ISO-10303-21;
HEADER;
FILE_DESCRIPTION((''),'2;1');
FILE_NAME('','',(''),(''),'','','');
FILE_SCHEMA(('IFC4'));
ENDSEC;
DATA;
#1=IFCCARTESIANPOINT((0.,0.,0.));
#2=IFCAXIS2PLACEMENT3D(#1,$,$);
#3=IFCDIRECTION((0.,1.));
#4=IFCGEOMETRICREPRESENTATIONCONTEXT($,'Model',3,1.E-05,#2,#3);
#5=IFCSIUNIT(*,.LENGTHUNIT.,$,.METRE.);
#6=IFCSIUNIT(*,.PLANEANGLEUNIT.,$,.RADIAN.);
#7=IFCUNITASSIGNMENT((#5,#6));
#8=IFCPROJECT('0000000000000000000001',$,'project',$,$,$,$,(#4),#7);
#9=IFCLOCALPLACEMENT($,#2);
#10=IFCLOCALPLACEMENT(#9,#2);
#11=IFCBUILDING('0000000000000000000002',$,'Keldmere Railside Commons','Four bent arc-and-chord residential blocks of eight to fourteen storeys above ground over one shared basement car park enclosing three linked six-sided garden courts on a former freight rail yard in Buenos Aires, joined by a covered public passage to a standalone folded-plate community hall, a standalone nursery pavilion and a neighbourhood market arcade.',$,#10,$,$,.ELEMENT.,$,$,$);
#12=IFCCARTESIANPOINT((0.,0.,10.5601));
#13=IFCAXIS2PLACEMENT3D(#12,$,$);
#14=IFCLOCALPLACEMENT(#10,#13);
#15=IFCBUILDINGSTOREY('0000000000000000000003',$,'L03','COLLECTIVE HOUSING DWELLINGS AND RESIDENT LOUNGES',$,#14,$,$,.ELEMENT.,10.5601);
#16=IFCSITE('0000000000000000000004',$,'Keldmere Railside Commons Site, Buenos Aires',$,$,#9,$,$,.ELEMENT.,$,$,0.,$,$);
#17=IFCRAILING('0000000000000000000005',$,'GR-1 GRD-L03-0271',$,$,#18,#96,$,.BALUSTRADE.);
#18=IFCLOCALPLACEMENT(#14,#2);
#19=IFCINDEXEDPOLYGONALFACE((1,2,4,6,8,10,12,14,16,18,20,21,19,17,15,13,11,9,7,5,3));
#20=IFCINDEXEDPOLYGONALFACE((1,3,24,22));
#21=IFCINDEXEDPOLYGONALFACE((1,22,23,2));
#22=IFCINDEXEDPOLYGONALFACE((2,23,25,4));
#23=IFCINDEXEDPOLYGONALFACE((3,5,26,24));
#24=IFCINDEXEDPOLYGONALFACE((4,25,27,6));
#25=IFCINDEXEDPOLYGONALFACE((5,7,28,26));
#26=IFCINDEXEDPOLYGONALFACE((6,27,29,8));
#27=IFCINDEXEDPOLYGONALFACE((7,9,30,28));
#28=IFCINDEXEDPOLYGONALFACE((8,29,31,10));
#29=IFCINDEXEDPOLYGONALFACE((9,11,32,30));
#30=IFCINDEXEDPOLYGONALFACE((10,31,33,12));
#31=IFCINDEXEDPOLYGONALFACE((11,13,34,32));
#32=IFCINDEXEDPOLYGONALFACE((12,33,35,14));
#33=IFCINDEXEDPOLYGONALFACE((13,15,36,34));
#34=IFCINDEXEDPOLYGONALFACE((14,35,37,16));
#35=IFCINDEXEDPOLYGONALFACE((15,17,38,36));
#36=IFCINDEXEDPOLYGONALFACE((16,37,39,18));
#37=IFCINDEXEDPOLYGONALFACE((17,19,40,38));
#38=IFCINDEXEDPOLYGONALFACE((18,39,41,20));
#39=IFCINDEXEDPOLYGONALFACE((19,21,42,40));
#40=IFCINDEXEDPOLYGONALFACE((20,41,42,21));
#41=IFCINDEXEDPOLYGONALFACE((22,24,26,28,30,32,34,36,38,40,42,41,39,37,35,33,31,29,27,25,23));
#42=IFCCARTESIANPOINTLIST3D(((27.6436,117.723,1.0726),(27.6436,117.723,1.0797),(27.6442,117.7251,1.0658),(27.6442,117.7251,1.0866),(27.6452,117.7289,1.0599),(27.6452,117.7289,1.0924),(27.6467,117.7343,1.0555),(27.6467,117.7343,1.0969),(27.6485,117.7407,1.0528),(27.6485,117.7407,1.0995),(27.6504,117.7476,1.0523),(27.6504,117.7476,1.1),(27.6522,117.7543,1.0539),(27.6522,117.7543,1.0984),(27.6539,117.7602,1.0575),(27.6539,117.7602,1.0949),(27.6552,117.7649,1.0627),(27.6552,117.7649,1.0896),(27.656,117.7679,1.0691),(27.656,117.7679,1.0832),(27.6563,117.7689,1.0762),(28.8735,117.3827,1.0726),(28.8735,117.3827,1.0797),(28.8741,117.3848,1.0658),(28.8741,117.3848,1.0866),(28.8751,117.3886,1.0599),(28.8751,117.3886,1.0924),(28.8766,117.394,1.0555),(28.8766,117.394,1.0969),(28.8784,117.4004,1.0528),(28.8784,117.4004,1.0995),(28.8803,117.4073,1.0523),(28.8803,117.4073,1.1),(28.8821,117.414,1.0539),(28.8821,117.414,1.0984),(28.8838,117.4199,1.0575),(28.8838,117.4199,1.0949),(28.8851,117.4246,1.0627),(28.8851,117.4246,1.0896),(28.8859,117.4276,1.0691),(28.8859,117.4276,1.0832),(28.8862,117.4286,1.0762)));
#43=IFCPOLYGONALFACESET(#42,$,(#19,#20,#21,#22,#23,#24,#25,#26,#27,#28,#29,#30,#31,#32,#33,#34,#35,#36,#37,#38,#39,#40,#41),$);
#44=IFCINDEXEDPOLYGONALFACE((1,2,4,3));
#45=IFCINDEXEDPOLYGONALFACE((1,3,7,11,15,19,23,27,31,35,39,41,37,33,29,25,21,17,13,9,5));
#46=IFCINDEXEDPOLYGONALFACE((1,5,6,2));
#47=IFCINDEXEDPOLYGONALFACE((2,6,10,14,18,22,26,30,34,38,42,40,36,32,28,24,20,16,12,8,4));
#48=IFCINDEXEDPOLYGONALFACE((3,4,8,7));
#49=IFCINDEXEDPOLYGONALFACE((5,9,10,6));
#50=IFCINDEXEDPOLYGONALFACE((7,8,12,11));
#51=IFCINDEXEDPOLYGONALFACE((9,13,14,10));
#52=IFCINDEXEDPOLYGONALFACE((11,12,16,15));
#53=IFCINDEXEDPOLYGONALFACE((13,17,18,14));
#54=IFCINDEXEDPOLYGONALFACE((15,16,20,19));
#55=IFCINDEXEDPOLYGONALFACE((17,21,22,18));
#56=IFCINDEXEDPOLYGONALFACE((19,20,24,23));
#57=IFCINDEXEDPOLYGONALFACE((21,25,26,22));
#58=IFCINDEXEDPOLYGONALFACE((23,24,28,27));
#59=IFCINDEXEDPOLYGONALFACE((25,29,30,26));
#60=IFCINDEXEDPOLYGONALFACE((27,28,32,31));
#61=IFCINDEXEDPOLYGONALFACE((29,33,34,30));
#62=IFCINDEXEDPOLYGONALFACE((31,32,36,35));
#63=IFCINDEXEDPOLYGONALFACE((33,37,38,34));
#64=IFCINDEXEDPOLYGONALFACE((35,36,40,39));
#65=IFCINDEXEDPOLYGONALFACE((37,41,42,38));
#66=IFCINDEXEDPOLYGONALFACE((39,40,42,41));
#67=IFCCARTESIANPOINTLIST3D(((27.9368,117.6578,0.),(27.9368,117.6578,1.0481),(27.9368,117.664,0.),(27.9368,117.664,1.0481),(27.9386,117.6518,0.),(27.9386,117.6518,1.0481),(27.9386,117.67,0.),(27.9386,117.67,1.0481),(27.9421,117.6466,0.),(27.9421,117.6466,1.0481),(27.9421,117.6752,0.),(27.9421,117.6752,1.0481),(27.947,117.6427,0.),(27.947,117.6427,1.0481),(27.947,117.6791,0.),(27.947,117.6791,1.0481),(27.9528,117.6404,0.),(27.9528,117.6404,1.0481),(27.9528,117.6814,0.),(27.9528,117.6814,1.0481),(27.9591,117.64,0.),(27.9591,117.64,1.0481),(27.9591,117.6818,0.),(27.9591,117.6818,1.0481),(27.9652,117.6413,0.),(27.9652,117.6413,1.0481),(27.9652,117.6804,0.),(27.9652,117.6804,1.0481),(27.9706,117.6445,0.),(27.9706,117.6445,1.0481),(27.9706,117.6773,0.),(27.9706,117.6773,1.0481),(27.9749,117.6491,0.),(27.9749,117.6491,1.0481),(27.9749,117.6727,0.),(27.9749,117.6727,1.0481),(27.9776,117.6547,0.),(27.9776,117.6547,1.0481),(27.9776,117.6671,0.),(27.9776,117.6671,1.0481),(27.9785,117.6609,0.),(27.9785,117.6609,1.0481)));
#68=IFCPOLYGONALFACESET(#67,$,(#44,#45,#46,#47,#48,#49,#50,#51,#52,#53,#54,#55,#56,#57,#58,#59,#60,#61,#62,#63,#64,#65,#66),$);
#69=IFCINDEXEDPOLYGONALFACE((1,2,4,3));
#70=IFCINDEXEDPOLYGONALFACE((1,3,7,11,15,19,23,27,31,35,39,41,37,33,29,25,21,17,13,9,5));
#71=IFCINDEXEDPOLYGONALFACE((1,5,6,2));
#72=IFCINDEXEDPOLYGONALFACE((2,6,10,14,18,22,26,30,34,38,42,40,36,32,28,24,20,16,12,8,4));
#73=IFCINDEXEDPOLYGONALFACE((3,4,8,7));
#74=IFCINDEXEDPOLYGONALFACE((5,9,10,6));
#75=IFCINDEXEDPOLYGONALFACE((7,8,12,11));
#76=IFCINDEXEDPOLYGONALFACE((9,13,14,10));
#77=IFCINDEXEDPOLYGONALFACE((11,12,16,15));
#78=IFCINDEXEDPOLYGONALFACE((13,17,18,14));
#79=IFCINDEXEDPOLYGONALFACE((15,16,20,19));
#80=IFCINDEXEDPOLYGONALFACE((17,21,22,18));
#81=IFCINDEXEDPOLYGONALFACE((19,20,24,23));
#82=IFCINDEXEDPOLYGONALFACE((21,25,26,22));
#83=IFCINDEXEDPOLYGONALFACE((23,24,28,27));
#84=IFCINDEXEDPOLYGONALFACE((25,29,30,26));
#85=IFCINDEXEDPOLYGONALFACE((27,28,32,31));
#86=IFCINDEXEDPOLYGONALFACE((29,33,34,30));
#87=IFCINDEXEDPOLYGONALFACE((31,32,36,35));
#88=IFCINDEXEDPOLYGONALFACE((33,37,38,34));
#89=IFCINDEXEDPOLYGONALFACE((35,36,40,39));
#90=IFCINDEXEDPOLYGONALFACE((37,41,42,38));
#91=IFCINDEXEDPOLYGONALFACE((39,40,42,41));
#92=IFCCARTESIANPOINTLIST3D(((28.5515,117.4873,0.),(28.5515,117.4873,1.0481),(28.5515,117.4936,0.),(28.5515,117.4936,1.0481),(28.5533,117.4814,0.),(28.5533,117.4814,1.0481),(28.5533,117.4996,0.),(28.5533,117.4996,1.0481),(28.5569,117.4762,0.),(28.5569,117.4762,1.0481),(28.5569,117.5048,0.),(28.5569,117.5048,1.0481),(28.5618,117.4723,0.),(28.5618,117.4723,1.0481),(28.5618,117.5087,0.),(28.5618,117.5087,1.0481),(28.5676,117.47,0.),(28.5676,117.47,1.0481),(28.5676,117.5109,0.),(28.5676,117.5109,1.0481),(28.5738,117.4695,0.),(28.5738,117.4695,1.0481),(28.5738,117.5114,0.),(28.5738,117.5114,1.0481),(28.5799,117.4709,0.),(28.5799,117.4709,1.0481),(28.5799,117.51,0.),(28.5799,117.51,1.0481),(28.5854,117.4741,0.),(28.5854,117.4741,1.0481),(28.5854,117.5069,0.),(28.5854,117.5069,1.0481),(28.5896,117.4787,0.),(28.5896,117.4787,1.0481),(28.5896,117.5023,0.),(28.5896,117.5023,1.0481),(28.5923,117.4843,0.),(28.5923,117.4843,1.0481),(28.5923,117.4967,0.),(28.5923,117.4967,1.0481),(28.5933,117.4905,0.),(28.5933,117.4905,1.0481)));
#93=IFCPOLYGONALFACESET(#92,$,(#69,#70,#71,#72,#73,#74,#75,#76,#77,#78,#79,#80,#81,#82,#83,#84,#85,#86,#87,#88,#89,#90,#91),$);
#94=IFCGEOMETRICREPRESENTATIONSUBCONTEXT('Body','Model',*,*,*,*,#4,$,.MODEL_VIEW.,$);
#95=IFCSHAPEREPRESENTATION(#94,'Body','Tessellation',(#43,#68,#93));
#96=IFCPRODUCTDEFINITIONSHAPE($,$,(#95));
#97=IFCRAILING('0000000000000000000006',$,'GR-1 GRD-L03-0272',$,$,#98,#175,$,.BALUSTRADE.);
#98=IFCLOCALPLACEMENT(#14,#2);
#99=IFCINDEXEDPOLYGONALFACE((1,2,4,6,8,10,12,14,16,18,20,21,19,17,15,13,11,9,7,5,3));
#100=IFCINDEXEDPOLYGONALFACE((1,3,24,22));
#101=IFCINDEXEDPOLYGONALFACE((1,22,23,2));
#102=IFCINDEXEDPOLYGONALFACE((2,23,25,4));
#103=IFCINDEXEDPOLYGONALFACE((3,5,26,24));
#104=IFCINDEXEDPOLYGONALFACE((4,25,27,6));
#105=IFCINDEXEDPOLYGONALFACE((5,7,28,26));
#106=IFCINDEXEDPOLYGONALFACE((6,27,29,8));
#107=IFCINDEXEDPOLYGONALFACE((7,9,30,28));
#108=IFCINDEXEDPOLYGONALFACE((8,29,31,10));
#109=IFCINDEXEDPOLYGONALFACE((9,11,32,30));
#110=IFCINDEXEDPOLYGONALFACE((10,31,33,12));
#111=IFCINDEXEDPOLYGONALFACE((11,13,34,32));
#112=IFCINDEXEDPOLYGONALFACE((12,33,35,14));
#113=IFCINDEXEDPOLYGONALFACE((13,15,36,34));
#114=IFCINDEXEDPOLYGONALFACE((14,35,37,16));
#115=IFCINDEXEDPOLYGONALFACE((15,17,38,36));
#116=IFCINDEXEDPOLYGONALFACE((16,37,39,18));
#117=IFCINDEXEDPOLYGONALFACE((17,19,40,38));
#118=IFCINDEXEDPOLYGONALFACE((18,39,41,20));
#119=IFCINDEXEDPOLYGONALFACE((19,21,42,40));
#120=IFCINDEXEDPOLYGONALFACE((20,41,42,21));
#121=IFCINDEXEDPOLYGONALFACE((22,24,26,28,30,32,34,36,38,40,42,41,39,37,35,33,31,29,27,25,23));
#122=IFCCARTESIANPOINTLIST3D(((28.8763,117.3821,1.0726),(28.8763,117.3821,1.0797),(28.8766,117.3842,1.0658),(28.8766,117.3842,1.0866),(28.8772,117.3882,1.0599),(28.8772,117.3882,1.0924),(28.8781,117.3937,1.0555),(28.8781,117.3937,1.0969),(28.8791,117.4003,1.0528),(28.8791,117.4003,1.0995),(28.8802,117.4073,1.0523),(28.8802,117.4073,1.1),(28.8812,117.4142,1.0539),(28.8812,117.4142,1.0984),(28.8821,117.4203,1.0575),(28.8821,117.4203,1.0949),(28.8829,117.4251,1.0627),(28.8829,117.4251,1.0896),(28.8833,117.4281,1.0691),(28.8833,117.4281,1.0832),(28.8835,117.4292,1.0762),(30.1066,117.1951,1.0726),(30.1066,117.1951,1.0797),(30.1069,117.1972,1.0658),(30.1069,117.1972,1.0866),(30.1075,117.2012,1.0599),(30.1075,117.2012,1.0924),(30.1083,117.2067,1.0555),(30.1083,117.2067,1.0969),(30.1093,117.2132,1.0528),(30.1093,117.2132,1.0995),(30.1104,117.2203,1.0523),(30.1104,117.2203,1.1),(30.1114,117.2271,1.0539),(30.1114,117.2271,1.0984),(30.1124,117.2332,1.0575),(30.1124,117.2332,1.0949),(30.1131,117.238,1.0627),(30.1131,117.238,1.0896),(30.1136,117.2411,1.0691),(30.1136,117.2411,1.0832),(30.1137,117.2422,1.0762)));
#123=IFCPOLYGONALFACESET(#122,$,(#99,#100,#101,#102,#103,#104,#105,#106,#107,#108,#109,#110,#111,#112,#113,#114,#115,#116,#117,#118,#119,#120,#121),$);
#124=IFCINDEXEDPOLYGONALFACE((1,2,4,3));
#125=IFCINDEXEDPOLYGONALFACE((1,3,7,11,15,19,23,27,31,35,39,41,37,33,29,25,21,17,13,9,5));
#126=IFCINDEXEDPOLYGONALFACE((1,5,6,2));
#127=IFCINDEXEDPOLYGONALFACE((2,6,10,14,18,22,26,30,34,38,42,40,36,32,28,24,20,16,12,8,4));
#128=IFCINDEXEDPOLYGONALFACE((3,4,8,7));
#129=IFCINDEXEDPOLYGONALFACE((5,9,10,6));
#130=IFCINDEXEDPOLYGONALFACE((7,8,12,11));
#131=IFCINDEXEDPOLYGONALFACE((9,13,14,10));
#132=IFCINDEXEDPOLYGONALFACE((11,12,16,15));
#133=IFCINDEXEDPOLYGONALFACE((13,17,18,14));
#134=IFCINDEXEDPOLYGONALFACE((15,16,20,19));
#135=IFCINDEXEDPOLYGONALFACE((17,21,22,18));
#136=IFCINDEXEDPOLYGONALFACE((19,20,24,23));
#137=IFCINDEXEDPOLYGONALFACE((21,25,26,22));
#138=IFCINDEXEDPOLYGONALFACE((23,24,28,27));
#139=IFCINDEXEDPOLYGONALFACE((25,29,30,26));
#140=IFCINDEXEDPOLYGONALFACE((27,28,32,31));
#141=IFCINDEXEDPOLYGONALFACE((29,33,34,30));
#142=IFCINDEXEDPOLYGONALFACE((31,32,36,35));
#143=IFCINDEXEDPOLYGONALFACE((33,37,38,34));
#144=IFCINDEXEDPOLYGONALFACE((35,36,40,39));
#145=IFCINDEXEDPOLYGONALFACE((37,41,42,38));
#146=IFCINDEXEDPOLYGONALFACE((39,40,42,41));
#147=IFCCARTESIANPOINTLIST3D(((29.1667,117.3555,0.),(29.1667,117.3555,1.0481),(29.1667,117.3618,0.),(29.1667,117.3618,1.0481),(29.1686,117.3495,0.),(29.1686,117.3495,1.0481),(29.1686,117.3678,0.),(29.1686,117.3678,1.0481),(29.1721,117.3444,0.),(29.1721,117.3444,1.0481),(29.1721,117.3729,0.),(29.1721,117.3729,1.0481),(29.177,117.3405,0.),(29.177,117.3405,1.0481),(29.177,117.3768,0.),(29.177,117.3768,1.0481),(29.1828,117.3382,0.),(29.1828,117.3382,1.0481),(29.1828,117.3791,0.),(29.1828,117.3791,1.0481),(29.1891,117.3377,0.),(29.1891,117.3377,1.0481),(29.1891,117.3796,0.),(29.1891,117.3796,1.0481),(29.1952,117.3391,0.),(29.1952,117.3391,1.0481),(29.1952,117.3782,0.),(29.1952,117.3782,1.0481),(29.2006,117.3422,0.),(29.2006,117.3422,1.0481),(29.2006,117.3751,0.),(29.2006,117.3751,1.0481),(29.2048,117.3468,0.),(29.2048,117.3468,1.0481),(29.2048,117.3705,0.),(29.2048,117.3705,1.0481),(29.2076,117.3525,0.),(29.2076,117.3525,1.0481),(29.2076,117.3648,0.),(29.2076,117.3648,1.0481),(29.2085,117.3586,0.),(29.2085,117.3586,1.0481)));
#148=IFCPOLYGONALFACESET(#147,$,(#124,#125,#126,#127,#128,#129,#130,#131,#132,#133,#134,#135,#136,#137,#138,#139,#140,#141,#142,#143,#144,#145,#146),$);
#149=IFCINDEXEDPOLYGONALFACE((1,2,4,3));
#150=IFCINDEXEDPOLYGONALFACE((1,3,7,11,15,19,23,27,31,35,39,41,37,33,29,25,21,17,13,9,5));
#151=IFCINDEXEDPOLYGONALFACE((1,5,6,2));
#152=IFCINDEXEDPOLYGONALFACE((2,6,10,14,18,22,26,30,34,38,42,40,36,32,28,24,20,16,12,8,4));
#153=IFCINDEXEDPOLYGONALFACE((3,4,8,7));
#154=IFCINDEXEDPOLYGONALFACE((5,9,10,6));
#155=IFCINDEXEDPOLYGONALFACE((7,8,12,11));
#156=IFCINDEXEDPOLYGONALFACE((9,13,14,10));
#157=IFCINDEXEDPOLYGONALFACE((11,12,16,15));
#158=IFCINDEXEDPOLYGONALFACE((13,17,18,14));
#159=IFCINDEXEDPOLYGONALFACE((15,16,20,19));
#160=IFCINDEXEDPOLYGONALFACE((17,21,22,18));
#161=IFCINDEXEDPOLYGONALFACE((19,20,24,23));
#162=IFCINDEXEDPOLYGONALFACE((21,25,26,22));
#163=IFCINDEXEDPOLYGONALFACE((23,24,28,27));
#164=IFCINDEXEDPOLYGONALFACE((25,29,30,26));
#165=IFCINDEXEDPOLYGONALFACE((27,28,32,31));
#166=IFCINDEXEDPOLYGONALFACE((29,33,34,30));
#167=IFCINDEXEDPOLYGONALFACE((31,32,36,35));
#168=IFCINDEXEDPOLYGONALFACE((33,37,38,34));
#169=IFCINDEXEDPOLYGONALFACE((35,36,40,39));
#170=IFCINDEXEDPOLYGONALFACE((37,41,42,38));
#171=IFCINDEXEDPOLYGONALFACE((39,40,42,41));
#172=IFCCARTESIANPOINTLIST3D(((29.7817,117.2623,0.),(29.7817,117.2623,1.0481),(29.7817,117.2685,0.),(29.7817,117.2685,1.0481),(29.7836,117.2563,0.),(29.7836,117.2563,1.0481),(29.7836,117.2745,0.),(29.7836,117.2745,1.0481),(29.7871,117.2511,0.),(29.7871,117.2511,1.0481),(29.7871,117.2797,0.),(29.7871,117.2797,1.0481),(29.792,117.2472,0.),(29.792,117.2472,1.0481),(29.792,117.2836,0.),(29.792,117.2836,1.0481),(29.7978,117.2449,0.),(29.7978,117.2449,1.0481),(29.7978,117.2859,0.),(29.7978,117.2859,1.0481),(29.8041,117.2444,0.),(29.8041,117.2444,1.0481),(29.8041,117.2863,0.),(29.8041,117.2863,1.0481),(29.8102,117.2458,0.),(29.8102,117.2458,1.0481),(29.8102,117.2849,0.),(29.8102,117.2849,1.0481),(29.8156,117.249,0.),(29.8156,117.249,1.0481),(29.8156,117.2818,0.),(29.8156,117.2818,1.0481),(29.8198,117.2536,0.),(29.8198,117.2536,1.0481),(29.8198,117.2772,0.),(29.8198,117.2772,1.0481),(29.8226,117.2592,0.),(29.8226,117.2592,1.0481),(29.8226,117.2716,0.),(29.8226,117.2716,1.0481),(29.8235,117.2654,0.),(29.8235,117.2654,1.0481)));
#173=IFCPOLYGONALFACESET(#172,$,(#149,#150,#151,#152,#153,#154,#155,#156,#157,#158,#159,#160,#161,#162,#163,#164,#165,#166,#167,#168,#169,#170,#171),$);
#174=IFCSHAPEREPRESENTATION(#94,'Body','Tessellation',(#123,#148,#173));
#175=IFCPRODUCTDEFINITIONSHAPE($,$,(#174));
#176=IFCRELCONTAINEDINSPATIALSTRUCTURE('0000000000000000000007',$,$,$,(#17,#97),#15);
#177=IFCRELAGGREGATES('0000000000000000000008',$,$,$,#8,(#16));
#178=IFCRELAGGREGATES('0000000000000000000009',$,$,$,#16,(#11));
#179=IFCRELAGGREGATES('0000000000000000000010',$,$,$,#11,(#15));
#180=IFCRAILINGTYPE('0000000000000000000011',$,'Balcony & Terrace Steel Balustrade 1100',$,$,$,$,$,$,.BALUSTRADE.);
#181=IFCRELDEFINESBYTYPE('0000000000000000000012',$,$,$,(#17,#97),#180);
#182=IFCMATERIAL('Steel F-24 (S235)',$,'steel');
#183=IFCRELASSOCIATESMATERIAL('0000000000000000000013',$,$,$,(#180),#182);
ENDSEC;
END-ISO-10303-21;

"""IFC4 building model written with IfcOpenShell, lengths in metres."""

from ifc_helpers import new_model, si_unit, direction, frame, origin, origin_2d, place, context, subcontext, project, spatial, circle, extrude, material, type_object, element, save


model = new_model("IFC4")

# Units and contexts
model_context = context("Model", 3, precision=1e-05, world=origin(), true_north=direction((0.0, 1.0)))
body_context = subcontext(model_context, "Body", "Model", "MODEL_VIEW")
ifc_project = project(units=[si_unit("LENGTHUNIT", "METRE"), si_unit("PLANEANGLEUNIT", "RADIAN")], contexts=[model_context])

# Site, building, storey
site_placement = place(None, origin())
site = spatial("IfcSite", under=ifc_project, at=site_placement, Name="Keldmere Railside Commons Site, Buenos Aires", CompositionType="ELEMENT", RefElevation=0.0)
building_placement = place(site_placement, origin())
building = spatial("IfcBuilding", under=site, at=building_placement, Name="Keldmere Railside Commons", Description="Four bent arc-and-chord residential blocks of eight to fourteen storeys above ground over one shared basement car park enclosing three linked six-sided garden courts on a former freight rail yard in Buenos Aires, joined by a covered public passage to a standalone folded-plate community hall, a standalone nursery pavilion and a neighbourhood market arcade.", CompositionType="ELEMENT")
storey_placement = place(building_placement, frame((0.0, 0.0, 10.5601)))
storey = spatial("IfcBuildingStorey", under=building, at=storey_placement, Name="L03", Description="COLLECTIVE HOUSING DWELLINGS AND RESIDENT LOUNGES", CompositionType="ELEMENT", Elevation=10.5601)

# Railings
ifc_material_1 = material(Name="Steel F-24 (S235)", Category="steel")
railing_type = type_object("IfcRailingType", Name="Balcony & Terrace Steel Balustrade 1100", PredefinedType="BALUSTRADE", material=ifc_material_1)
railing_1_placement = place(storey_placement, frame((27.6499, 117.7458, 0.0)))
element("IfcRailing", 1, at=railing_1_placement, inside=storey, type_object=railing_type, Name="GR-1 GRD-L03-0271", PredefinedType="BALUSTRADE", context=body_context, shape_type="SweptSolid", body=[
    extrude(circle(Radius=0.0239, at=origin_2d()), frame((0.0, 0.0, 1.0762), z_axis=(0.963786, -0.266677, 0.0), x_axis=(0.266677, 0.963786, 0.0)), (0.0, 0.0, 1.0), 1.2761),
    extrude(circle(Radius=0.021, at=origin_2d()), frame((0.3076, -0.085, 0.0)), (0.0, 0.0, 1.0), 1.0481),
    extrude(circle(Radius=0.021, at=origin_2d()), frame((0.9224, -0.2554, 0.0)), (0.0, 0.0, 1.0), 1.0481),
])
railing_2_placement = place(storey_placement, frame((28.8799, 117.4055, 0.0)))
element("IfcRailing", 2, at=railing_2_placement, inside=storey, type_object=railing_type, Name="GR-1 GRD-L03-0272", PredefinedType="BALUSTRADE", context=body_context, shape_type="SweptSolid", body=[
    extrude(circle(Radius=0.0239, at=origin_2d()), frame((0.0, 0.0, 1.0762), z_axis=(0.988642, -0.150288, 0.0), x_axis=(0.150288, 0.988642, 0.0)), (0.0, 0.0, 1.0), 1.2444),
    extrude(circle(Radius=0.021, at=origin_2d()), frame((0.3076, -0.0469, 0.0)), (0.0, 0.0, 1.0), 1.0481),
    extrude(circle(Radius=0.021, at=origin_2d()), frame((0.9226, -0.1401, 0.0)), (0.0, 0.0, 1.0), 1.0481),
])

save(model, "model.ifc")
